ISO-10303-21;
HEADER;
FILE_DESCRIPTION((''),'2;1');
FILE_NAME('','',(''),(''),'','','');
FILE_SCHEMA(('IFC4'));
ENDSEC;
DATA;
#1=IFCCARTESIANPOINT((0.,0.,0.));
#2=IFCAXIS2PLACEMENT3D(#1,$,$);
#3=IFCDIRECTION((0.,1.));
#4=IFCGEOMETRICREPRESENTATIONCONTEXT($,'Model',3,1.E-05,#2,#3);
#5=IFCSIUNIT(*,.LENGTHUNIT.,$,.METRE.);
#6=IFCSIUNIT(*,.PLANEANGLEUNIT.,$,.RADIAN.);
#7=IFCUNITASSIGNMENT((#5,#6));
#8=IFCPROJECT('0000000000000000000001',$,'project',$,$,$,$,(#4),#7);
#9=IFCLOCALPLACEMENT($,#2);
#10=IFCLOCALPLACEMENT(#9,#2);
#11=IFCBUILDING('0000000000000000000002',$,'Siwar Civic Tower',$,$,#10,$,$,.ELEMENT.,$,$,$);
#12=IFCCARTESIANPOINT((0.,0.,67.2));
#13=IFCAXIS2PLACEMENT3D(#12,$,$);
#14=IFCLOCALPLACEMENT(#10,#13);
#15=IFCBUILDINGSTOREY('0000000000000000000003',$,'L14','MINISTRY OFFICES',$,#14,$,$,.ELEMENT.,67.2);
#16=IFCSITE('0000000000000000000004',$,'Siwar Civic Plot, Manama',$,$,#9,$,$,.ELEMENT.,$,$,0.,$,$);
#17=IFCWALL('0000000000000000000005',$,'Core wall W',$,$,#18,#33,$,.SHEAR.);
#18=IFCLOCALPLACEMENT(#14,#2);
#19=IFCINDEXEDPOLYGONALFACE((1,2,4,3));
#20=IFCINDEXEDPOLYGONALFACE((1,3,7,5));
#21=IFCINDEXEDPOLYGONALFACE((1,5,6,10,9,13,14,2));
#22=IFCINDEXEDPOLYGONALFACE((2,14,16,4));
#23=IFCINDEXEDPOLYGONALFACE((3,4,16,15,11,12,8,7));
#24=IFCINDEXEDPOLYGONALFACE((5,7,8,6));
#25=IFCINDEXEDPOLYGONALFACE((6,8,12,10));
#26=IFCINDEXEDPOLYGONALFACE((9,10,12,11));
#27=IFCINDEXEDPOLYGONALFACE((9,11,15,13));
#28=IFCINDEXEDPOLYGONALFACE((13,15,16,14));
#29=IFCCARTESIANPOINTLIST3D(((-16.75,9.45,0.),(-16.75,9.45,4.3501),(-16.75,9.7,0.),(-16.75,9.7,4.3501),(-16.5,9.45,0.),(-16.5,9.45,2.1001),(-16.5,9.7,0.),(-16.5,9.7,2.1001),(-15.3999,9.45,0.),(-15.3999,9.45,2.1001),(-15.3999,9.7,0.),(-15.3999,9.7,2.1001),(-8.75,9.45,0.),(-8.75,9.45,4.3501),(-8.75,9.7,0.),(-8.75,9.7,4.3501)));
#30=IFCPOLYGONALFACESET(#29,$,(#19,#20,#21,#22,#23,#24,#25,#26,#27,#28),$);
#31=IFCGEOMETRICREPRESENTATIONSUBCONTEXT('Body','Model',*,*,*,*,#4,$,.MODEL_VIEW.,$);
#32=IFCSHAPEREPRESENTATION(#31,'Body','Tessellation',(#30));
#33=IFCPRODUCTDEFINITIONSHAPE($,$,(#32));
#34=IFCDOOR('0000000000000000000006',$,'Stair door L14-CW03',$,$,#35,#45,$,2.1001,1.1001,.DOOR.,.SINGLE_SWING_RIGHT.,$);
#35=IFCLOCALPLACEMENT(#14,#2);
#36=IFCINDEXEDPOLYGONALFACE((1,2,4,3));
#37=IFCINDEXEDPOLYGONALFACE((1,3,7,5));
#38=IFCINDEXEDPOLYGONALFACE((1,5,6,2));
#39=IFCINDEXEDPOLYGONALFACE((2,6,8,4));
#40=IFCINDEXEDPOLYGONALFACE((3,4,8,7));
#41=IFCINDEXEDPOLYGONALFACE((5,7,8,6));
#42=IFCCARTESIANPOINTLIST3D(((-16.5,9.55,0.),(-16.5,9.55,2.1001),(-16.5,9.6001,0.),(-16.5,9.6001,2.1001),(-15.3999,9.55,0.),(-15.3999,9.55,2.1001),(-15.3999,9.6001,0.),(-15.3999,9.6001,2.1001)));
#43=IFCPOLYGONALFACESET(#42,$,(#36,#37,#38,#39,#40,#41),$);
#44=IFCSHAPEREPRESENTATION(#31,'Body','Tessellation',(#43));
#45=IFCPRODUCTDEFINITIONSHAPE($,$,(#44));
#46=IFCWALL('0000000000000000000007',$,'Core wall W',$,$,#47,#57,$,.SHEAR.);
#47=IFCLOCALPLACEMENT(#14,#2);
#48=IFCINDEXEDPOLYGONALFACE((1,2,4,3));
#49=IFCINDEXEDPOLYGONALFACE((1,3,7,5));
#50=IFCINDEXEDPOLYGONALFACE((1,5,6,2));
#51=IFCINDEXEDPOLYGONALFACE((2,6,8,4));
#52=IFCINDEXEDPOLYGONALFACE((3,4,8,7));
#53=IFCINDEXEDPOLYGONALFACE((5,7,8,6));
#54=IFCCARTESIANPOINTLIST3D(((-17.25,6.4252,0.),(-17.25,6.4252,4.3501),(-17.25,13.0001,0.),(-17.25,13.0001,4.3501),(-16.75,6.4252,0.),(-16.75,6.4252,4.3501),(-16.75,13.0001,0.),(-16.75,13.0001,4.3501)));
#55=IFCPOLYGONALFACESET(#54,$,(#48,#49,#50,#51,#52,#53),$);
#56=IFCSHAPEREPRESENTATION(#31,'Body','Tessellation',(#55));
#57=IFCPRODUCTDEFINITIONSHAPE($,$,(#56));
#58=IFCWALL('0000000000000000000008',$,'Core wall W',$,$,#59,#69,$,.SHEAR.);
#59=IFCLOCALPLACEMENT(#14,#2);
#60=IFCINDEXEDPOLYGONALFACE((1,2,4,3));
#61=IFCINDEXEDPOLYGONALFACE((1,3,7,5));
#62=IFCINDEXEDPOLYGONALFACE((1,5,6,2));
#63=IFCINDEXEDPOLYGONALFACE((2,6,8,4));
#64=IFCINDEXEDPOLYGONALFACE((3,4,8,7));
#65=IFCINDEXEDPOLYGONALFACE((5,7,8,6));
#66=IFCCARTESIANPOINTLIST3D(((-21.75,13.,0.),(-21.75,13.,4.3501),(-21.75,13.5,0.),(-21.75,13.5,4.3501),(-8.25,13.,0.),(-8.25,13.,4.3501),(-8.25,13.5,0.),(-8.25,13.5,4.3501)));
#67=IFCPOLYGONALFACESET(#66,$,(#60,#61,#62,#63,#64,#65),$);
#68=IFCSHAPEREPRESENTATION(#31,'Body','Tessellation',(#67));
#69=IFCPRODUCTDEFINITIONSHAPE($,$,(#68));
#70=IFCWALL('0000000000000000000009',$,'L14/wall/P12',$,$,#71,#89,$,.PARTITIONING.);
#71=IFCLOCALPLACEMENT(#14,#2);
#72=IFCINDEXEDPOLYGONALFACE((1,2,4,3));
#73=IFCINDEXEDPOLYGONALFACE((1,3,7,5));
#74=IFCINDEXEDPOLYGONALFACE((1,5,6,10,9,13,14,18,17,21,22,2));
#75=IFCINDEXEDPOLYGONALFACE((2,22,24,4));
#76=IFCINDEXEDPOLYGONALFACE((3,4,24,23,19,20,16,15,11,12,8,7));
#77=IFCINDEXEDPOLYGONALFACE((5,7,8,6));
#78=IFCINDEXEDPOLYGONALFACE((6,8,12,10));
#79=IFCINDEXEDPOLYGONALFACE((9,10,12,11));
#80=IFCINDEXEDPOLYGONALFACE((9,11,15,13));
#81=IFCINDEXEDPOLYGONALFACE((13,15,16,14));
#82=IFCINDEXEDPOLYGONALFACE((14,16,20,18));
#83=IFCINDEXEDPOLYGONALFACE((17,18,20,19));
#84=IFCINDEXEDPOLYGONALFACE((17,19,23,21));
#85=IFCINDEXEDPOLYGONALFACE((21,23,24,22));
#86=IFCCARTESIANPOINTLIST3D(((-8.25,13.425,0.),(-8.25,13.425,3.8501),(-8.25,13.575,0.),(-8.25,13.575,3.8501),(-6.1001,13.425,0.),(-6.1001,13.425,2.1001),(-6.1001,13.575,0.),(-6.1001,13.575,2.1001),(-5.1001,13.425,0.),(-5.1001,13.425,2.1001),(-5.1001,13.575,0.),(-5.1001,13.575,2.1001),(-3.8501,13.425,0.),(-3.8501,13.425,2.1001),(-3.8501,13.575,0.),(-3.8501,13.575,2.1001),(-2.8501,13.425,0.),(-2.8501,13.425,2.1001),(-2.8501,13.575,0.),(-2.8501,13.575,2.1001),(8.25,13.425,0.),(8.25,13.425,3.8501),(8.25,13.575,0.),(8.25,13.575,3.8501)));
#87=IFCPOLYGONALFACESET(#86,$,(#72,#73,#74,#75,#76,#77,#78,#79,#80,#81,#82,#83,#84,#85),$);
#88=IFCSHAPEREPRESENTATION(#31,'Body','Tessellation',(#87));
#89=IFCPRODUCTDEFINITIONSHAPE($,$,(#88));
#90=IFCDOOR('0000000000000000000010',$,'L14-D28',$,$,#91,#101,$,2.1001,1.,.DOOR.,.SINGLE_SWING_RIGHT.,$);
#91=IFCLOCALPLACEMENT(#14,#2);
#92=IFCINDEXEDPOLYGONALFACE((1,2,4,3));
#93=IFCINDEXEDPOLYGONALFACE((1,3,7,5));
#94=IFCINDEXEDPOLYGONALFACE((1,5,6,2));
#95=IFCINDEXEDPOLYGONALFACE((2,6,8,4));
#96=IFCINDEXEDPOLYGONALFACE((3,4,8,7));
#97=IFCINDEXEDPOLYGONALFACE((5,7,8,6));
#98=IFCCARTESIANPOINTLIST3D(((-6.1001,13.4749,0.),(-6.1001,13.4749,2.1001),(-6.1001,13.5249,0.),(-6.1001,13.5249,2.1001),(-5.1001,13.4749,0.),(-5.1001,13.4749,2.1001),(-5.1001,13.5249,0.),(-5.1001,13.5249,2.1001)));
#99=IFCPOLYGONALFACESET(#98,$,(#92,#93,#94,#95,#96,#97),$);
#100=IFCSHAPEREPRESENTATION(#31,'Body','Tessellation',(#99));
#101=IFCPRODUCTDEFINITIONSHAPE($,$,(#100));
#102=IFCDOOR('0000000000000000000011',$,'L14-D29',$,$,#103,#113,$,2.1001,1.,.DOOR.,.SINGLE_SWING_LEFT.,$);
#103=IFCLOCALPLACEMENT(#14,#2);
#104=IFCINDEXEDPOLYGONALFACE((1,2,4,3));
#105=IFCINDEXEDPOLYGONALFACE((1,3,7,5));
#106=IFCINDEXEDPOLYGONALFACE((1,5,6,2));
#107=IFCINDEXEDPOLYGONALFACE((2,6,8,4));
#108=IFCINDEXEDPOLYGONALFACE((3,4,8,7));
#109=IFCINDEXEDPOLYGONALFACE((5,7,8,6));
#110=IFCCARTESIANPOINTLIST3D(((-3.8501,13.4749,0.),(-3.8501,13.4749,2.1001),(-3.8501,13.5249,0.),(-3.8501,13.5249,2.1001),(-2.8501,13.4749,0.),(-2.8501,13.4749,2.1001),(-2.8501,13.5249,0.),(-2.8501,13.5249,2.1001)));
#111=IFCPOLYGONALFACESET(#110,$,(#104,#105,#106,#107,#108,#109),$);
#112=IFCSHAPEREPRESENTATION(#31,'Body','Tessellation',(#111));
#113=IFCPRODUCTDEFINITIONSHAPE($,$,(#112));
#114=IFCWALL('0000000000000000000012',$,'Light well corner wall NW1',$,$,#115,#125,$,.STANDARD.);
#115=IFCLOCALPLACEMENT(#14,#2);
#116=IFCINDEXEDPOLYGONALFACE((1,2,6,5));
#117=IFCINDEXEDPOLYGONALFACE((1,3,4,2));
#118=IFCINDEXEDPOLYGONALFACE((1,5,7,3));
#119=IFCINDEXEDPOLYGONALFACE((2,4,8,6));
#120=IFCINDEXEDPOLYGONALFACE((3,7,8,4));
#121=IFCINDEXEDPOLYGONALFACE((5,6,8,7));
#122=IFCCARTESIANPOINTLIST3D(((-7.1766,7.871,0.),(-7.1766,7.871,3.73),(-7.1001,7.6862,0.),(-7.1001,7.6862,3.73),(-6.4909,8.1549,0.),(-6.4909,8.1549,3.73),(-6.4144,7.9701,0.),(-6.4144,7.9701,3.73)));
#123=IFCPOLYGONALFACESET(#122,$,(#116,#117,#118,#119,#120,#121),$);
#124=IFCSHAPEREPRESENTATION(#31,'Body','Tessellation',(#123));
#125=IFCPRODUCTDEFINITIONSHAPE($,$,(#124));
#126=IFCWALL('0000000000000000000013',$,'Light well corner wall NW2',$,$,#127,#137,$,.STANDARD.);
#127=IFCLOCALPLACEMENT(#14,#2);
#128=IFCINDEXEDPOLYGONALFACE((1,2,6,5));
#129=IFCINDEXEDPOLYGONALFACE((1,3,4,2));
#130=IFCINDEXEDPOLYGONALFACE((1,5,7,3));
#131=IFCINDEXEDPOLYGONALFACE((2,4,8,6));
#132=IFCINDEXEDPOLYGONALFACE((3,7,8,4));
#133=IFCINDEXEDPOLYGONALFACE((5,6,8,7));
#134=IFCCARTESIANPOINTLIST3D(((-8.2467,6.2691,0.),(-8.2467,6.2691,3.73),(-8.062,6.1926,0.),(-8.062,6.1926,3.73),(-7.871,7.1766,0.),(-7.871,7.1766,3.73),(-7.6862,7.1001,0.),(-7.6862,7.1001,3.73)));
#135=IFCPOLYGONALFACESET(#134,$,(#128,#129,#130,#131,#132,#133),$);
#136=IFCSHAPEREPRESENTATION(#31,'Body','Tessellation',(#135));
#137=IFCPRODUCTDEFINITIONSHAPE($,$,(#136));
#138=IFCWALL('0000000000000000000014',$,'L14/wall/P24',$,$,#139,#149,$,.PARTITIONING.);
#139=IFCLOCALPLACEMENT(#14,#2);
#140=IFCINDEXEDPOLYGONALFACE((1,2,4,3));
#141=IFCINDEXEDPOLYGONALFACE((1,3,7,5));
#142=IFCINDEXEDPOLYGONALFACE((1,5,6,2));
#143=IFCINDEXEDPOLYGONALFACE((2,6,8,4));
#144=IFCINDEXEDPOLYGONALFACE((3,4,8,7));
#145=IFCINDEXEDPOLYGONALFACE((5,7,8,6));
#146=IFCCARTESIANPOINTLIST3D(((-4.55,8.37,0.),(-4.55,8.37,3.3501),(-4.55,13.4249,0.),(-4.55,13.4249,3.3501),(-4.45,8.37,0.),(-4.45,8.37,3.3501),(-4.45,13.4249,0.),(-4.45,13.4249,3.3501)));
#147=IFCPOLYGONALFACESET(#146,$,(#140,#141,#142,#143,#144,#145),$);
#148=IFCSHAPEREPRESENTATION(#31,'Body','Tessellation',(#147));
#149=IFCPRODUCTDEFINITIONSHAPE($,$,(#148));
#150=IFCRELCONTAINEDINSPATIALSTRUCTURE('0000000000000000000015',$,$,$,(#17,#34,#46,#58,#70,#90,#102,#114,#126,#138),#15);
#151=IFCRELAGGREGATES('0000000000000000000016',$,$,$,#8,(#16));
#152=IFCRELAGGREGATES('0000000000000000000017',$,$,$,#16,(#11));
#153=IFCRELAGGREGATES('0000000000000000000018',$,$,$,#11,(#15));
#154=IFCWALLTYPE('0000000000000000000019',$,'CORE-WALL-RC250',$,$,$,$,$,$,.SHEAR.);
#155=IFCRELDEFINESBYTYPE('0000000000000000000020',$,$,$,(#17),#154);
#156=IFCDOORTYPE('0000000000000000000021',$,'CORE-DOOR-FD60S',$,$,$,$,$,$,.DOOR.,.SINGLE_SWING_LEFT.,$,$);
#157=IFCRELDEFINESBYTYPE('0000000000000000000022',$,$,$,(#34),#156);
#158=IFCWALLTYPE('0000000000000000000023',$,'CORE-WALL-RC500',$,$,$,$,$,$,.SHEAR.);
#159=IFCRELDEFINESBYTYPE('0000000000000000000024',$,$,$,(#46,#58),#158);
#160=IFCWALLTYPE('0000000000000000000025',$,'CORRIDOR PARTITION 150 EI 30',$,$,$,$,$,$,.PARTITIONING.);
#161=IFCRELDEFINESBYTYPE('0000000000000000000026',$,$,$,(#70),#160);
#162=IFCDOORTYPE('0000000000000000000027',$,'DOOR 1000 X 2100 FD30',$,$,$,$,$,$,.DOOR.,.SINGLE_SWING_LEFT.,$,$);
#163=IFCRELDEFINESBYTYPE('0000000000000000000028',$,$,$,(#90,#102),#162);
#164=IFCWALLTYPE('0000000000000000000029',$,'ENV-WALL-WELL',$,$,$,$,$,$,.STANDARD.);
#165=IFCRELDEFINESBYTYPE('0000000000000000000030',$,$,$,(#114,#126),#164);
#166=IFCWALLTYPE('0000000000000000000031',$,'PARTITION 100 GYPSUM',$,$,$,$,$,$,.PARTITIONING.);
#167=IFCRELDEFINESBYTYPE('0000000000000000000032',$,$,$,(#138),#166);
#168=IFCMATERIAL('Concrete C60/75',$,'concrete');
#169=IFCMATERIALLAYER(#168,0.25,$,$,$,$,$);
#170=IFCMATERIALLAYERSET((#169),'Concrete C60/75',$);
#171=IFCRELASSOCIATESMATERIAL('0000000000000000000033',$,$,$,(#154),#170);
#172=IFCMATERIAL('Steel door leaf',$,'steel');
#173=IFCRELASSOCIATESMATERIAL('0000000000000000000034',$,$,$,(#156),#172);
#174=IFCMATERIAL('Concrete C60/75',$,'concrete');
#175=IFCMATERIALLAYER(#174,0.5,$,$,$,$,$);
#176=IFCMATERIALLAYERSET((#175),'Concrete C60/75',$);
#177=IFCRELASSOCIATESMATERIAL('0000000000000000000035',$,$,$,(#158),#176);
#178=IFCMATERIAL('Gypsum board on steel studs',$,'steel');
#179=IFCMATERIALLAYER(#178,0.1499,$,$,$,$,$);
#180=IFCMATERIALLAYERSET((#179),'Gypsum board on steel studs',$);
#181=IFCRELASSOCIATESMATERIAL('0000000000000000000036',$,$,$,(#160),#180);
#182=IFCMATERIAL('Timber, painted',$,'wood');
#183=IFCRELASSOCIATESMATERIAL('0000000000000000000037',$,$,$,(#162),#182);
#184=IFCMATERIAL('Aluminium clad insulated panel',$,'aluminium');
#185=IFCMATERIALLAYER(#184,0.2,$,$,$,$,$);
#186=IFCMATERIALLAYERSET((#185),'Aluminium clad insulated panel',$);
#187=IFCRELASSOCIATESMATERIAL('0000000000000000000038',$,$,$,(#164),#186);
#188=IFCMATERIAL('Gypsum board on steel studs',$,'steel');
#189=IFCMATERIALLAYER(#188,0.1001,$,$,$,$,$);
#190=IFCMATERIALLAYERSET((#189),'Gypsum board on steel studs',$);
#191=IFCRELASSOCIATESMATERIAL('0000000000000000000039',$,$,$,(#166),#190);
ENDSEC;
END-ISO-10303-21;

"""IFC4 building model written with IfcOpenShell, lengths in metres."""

from ifc_helpers import new_model, si_unit, direction, frame, frame_2d, origin, place, context, subcontext, project, spatial, rectangle, extrude, material, layer, layer_set, type_object, element, fill, save


model = new_model("IFC4")

# Units and contexts
model_context = context("Model", 3, precision=1e-05, world=origin(), true_north=direction((0.0, 1.0)))
body_context = subcontext(model_context, "Body", "Model", "MODEL_VIEW")
ifc_project = project(units=[si_unit("LENGTHUNIT", "METRE"), si_unit("PLANEANGLEUNIT", "RADIAN")], contexts=[model_context])

# Site, building, storey
site_placement = place(None, origin())
site = spatial("IfcSite", under=ifc_project, at=site_placement, Name="Siwar Civic Plot, Manama", CompositionType="ELEMENT", RefElevation=0.0)
building_placement = place(site_placement, origin())
building = spatial("IfcBuilding", under=site, at=building_placement, Name="Siwar Civic Tower", CompositionType="ELEMENT")
storey_placement = place(building_placement, frame((0.0, 0.0, 67.2)))
storey = spatial("IfcBuildingStorey", under=building, at=storey_placement, Name="L14", Description="MINISTRY OFFICES", CompositionType="ELEMENT", Elevation=67.2)

# Shared definitions
ifc_material_1 = material(Name="Concrete C60/75", Category="concrete")
ifc_layer_1 = layer(ifc_material_1, 0.25)
ifc_layer_set_1 = layer_set([ifc_layer_1], Name="Concrete C60/75")
wall_type_1 = type_object("IfcWallType", Name="CORE-WALL-RC250", PredefinedType="SHEAR", material=ifc_layer_set_1)

# Wall, opening, door
wall_1_placement = place(storey_placement, frame((-8.75, 9.575, 0.0), z_axis=(0.0, 0.0, 1.0), x_axis=(-1.0, 0.0, 0.0)))
wall_1 = element("IfcWall", 1, at=wall_1_placement, inside=storey, type_object=wall_type_1, Name="Core wall W", PredefinedType="SHEAR", context=body_context, shape_type="SweptSolid", body=[
    extrude(rectangle(XDim=8.0, YDim=0.25, at=frame_2d((4.0, 0.0))), origin(), (0.0, 0.0, 1.0), 4.3501),
])
opening_1_placement = place(wall_1_placement, frame((6.6499, 0.0, 0.0)))
opening_1 = element("IfcOpeningElement", 2, at=opening_1_placement, cuts=wall_1, PredefinedType="OPENING", context=body_context, shape_type="SweptSolid", body=[
    extrude(rectangle(XDim=1.1001, YDim=2.1001, at=frame_2d((0.55, 1.05))), frame((0.0, 0.135, 0.0), z_axis=(0.0, -1.0, 0.0), x_axis=(1.0, 0.0, 0.0)), (0.0, 0.0, 1.0), 0.27),
])
ifc_material_2 = material(Name="Steel door leaf", Category="steel")
door_type_1 = type_object("IfcDoorType", Name="CORE-DOOR-FD60S", OperationType="SINGLE_SWING_LEFT", PredefinedType="DOOR", material=ifc_material_2)
door_1_placement = place(opening_1_placement, origin())
door_1 = element("IfcDoor", 3, at=door_1_placement, inside=storey, type_object=door_type_1, Name="Stair door L14-CW03", OperationType="SINGLE_SWING_RIGHT", OverallHeight=2.1001, OverallWidth=1.1001, PredefinedType="DOOR", context=body_context, shape_type="SweptSolid", body=[
    extrude(rectangle(XDim=1.1001, YDim=2.1001, at=frame_2d((0.55, 1.05))), frame((0.0, 0.0249, 0.0), z_axis=(0.0, -1.0, 0.0), x_axis=(1.0, 0.0, 0.0)), (0.0, 0.0, 1.0), 0.05),
])
fill(opening_1, door_1)

# Walls
ifc_material_3 = material(Name="Concrete C60/75", Category="concrete")
ifc_layer_2 = layer(ifc_material_3, 0.5)
ifc_layer_set_2 = layer_set([ifc_layer_2], Name="Concrete C60/75")
wall_type_2 = type_object("IfcWallType", Name="CORE-WALL-RC500", PredefinedType="SHEAR", material=ifc_layer_set_2)
wall_2_placement = place(storey_placement, frame((-17.0, 6.425, 0.0), z_axis=(0.0, 0.0, 1.0), x_axis=(0.0, 1.0, 0.0)))
element("IfcWall", 4, at=wall_2_placement, inside=storey, type_object=wall_type_2, Name="Core wall W", PredefinedType="SHEAR", context=body_context, shape_type="SweptSolid", body=[
    extrude(rectangle(XDim=6.575, YDim=0.5, at=frame_2d((3.2876, 0.0))), origin(), (0.0, 0.0, 1.0), 4.3501),
])
wall_3_placement = place(storey_placement, frame((-8.25, 13.25, 0.0), z_axis=(0.0, 0.0, 1.0), x_axis=(-1.0, 0.0, 0.0)))
element("IfcWall", 5, at=wall_3_placement, inside=storey, type_object=wall_type_2, Name="Core wall W", PredefinedType="SHEAR", context=body_context, shape_type="SweptSolid", body=[
    extrude(rectangle(XDim=13.5, YDim=0.5, at=frame_2d((6.75, 0.0))), origin(), (0.0, 0.0, 1.0), 4.3501),
])

# Wall, openings, doors
ifc_material_4 = material(Name="Gypsum board on steel studs", Category="steel")
ifc_layer_3 = layer(ifc_material_4, 0.1499)
ifc_layer_set_3 = layer_set([ifc_layer_3], Name="Gypsum board on steel studs")
wall_type_3 = type_object("IfcWallType", Name="CORRIDOR PARTITION 150 EI 30", PredefinedType="PARTITIONING", material=ifc_layer_set_3)
wall_4_placement = place(storey_placement, frame((-8.25, 13.5, 0.0), z_axis=(0.0, 0.0, 1.0), x_axis=(1.0, 0.0, 0.0)))
wall_4 = element("IfcWall", 6, at=wall_4_placement, inside=storey, type_object=wall_type_3, Name="L14/wall/P12", PredefinedType="PARTITIONING", context=body_context, shape_type="SweptSolid", body=[
    extrude(rectangle(XDim=16.5, YDim=0.1499, at=frame_2d((8.25, 0.0))), origin(), (0.0, 0.0, 1.0), 3.8501),
])
opening_2_placement = place(wall_4_placement, frame((2.1499, 0.0, 0.0)))
opening_2 = element("IfcOpeningElement", 7, at=opening_2_placement, cuts=wall_4, PredefinedType="OPENING", context=body_context, shape_type="SweptSolid", body=[
    extrude(rectangle(XDim=1.0, YDim=2.1001, at=frame_2d((0.5, 1.05))), frame((0.0, 0.085, 0.0), z_axis=(0.0, -1.0, 0.0), x_axis=(1.0, 0.0, 0.0)), (0.0, 0.0, 1.0), 0.1699),
])
opening_3_placement = place(wall_4_placement, frame((4.3999, 0.0, 0.0)))
opening_3 = element("IfcOpeningElement", 8, at=opening_3_placement, cuts=wall_4, PredefinedType="OPENING", context=body_context, shape_type="SweptSolid", body=[
    extrude(rectangle(XDim=1.0, YDim=2.1001, at=frame_2d((0.5, 1.05))), frame((0.0, 0.085, 0.0), z_axis=(0.0, -1.0, 0.0), x_axis=(1.0, 0.0, 0.0)), (0.0, 0.0, 1.0), 0.1699),
])
ifc_material_5 = material(Name="Timber, painted", Category="wood")
door_type_2 = type_object("IfcDoorType", Name="DOOR 1000 X 2100 FD30", OperationType="SINGLE_SWING_LEFT", PredefinedType="DOOR", material=ifc_material_5)
door_2_placement = place(opening_2_placement, origin())
door_2 = element("IfcDoor", 9, at=door_2_placement, inside=storey, type_object=door_type_2, Name="L14-D28", OperationType="SINGLE_SWING_RIGHT", OverallHeight=2.1001, OverallWidth=1.0, PredefinedType="DOOR", context=body_context, shape_type="SweptSolid", body=[
    extrude(rectangle(XDim=1.0, YDim=2.1001, at=frame_2d((0.5, 1.05))), frame((0.0, 0.0249, 0.0), z_axis=(0.0, -1.0, 0.0), x_axis=(1.0, 0.0, 0.0)), (0.0, 0.0, 1.0), 0.05),
])
fill(opening_2, door_2)
door_3_placement = place(opening_3_placement, origin())
door_3 = element("IfcDoor", 10, at=door_3_placement, inside=storey, type_object=door_type_2, Name="L14-D29", OperationType="SINGLE_SWING_LEFT", OverallHeight=2.1001, OverallWidth=1.0, PredefinedType="DOOR", context=body_context, shape_type="SweptSolid", body=[
    extrude(rectangle(XDim=1.0, YDim=2.1001, at=frame_2d((0.5, 1.05))), frame((0.0, 0.0249, 0.0), z_axis=(0.0, -1.0, 0.0), x_axis=(1.0, 0.0, 0.0)), (0.0, 0.0, 1.0), 0.05),
])
fill(opening_3, door_3)

# Walls
ifc_material_6 = material(Name="Aluminium clad insulated panel", Category="aluminium")
ifc_layer_4 = layer(ifc_material_6, 0.2)
ifc_layer_set_4 = layer_set([ifc_layer_4], Name="Aluminium clad insulated panel")
wall_type_4 = type_object("IfcWallType", Name="ENV-WALL-WELL", PredefinedType="STANDARD", material=ifc_layer_set_4)
wall_5_placement = place(storey_placement, frame((-6.4526, 8.0625, 0.0), z_axis=(0.0, 0.0, 1.0), x_axis=(-0.923941, -0.382536, 0.0)))
element("IfcWall", 11, at=wall_5_placement, inside=storey, type_object=wall_type_4, Name="Light well corner wall NW1", PredefinedType="STANDARD", context=body_context, shape_type="SweptSolid", body=[
    extrude(rectangle(XDim=0.7422, YDim=0.2, at=frame_2d((0.3711, 0.0))), origin(), (0.0, 0.0, 1.0), 3.73),
])
wall_6_placement = place(storey_placement, frame((-7.7786, 7.1384, 0.0), z_axis=(0.0, 0.0, 1.0), x_axis=(-0.382549, -0.923935, 0.0)))
element("IfcWall", 12, at=wall_6_placement, inside=storey, type_object=wall_type_4, Name="Light well corner wall NW2", PredefinedType="STANDARD", context=body_context, shape_type="SweptSolid", body=[
    extrude(rectangle(XDim=0.9822, YDim=0.2, at=frame_2d((0.4912, 0.0))), origin(), (0.0, 0.0, 1.0), 3.73),
])
ifc_material_7 = material(Name="Gypsum board on steel studs", Category="steel")
ifc_layer_5 = layer(ifc_material_7, 0.1001)
ifc_layer_set_5 = layer_set([ifc_layer_5], Name="Gypsum board on steel studs")
wall_type_5 = type_object("IfcWallType", Name="PARTITION 100 GYPSUM", PredefinedType="PARTITIONING", material=ifc_layer_set_5)
wall_7_placement = place(storey_placement, frame((-4.5, 8.3701, 0.0), z_axis=(0.0, 0.0, 1.0), x_axis=(0.0, 1.0, 0.0)))
element("IfcWall", 13, at=wall_7_placement, inside=storey, type_object=wall_type_5, Name="L14/wall/P24", PredefinedType="PARTITIONING", context=body_context, shape_type="SweptSolid", body=[
    extrude(rectangle(XDim=5.0549, YDim=0.1001, at=frame_2d((2.5273, 0.0))), origin(), (0.0, 0.0, 1.0), 3.3501),
])

save(model, "model.ifc")
